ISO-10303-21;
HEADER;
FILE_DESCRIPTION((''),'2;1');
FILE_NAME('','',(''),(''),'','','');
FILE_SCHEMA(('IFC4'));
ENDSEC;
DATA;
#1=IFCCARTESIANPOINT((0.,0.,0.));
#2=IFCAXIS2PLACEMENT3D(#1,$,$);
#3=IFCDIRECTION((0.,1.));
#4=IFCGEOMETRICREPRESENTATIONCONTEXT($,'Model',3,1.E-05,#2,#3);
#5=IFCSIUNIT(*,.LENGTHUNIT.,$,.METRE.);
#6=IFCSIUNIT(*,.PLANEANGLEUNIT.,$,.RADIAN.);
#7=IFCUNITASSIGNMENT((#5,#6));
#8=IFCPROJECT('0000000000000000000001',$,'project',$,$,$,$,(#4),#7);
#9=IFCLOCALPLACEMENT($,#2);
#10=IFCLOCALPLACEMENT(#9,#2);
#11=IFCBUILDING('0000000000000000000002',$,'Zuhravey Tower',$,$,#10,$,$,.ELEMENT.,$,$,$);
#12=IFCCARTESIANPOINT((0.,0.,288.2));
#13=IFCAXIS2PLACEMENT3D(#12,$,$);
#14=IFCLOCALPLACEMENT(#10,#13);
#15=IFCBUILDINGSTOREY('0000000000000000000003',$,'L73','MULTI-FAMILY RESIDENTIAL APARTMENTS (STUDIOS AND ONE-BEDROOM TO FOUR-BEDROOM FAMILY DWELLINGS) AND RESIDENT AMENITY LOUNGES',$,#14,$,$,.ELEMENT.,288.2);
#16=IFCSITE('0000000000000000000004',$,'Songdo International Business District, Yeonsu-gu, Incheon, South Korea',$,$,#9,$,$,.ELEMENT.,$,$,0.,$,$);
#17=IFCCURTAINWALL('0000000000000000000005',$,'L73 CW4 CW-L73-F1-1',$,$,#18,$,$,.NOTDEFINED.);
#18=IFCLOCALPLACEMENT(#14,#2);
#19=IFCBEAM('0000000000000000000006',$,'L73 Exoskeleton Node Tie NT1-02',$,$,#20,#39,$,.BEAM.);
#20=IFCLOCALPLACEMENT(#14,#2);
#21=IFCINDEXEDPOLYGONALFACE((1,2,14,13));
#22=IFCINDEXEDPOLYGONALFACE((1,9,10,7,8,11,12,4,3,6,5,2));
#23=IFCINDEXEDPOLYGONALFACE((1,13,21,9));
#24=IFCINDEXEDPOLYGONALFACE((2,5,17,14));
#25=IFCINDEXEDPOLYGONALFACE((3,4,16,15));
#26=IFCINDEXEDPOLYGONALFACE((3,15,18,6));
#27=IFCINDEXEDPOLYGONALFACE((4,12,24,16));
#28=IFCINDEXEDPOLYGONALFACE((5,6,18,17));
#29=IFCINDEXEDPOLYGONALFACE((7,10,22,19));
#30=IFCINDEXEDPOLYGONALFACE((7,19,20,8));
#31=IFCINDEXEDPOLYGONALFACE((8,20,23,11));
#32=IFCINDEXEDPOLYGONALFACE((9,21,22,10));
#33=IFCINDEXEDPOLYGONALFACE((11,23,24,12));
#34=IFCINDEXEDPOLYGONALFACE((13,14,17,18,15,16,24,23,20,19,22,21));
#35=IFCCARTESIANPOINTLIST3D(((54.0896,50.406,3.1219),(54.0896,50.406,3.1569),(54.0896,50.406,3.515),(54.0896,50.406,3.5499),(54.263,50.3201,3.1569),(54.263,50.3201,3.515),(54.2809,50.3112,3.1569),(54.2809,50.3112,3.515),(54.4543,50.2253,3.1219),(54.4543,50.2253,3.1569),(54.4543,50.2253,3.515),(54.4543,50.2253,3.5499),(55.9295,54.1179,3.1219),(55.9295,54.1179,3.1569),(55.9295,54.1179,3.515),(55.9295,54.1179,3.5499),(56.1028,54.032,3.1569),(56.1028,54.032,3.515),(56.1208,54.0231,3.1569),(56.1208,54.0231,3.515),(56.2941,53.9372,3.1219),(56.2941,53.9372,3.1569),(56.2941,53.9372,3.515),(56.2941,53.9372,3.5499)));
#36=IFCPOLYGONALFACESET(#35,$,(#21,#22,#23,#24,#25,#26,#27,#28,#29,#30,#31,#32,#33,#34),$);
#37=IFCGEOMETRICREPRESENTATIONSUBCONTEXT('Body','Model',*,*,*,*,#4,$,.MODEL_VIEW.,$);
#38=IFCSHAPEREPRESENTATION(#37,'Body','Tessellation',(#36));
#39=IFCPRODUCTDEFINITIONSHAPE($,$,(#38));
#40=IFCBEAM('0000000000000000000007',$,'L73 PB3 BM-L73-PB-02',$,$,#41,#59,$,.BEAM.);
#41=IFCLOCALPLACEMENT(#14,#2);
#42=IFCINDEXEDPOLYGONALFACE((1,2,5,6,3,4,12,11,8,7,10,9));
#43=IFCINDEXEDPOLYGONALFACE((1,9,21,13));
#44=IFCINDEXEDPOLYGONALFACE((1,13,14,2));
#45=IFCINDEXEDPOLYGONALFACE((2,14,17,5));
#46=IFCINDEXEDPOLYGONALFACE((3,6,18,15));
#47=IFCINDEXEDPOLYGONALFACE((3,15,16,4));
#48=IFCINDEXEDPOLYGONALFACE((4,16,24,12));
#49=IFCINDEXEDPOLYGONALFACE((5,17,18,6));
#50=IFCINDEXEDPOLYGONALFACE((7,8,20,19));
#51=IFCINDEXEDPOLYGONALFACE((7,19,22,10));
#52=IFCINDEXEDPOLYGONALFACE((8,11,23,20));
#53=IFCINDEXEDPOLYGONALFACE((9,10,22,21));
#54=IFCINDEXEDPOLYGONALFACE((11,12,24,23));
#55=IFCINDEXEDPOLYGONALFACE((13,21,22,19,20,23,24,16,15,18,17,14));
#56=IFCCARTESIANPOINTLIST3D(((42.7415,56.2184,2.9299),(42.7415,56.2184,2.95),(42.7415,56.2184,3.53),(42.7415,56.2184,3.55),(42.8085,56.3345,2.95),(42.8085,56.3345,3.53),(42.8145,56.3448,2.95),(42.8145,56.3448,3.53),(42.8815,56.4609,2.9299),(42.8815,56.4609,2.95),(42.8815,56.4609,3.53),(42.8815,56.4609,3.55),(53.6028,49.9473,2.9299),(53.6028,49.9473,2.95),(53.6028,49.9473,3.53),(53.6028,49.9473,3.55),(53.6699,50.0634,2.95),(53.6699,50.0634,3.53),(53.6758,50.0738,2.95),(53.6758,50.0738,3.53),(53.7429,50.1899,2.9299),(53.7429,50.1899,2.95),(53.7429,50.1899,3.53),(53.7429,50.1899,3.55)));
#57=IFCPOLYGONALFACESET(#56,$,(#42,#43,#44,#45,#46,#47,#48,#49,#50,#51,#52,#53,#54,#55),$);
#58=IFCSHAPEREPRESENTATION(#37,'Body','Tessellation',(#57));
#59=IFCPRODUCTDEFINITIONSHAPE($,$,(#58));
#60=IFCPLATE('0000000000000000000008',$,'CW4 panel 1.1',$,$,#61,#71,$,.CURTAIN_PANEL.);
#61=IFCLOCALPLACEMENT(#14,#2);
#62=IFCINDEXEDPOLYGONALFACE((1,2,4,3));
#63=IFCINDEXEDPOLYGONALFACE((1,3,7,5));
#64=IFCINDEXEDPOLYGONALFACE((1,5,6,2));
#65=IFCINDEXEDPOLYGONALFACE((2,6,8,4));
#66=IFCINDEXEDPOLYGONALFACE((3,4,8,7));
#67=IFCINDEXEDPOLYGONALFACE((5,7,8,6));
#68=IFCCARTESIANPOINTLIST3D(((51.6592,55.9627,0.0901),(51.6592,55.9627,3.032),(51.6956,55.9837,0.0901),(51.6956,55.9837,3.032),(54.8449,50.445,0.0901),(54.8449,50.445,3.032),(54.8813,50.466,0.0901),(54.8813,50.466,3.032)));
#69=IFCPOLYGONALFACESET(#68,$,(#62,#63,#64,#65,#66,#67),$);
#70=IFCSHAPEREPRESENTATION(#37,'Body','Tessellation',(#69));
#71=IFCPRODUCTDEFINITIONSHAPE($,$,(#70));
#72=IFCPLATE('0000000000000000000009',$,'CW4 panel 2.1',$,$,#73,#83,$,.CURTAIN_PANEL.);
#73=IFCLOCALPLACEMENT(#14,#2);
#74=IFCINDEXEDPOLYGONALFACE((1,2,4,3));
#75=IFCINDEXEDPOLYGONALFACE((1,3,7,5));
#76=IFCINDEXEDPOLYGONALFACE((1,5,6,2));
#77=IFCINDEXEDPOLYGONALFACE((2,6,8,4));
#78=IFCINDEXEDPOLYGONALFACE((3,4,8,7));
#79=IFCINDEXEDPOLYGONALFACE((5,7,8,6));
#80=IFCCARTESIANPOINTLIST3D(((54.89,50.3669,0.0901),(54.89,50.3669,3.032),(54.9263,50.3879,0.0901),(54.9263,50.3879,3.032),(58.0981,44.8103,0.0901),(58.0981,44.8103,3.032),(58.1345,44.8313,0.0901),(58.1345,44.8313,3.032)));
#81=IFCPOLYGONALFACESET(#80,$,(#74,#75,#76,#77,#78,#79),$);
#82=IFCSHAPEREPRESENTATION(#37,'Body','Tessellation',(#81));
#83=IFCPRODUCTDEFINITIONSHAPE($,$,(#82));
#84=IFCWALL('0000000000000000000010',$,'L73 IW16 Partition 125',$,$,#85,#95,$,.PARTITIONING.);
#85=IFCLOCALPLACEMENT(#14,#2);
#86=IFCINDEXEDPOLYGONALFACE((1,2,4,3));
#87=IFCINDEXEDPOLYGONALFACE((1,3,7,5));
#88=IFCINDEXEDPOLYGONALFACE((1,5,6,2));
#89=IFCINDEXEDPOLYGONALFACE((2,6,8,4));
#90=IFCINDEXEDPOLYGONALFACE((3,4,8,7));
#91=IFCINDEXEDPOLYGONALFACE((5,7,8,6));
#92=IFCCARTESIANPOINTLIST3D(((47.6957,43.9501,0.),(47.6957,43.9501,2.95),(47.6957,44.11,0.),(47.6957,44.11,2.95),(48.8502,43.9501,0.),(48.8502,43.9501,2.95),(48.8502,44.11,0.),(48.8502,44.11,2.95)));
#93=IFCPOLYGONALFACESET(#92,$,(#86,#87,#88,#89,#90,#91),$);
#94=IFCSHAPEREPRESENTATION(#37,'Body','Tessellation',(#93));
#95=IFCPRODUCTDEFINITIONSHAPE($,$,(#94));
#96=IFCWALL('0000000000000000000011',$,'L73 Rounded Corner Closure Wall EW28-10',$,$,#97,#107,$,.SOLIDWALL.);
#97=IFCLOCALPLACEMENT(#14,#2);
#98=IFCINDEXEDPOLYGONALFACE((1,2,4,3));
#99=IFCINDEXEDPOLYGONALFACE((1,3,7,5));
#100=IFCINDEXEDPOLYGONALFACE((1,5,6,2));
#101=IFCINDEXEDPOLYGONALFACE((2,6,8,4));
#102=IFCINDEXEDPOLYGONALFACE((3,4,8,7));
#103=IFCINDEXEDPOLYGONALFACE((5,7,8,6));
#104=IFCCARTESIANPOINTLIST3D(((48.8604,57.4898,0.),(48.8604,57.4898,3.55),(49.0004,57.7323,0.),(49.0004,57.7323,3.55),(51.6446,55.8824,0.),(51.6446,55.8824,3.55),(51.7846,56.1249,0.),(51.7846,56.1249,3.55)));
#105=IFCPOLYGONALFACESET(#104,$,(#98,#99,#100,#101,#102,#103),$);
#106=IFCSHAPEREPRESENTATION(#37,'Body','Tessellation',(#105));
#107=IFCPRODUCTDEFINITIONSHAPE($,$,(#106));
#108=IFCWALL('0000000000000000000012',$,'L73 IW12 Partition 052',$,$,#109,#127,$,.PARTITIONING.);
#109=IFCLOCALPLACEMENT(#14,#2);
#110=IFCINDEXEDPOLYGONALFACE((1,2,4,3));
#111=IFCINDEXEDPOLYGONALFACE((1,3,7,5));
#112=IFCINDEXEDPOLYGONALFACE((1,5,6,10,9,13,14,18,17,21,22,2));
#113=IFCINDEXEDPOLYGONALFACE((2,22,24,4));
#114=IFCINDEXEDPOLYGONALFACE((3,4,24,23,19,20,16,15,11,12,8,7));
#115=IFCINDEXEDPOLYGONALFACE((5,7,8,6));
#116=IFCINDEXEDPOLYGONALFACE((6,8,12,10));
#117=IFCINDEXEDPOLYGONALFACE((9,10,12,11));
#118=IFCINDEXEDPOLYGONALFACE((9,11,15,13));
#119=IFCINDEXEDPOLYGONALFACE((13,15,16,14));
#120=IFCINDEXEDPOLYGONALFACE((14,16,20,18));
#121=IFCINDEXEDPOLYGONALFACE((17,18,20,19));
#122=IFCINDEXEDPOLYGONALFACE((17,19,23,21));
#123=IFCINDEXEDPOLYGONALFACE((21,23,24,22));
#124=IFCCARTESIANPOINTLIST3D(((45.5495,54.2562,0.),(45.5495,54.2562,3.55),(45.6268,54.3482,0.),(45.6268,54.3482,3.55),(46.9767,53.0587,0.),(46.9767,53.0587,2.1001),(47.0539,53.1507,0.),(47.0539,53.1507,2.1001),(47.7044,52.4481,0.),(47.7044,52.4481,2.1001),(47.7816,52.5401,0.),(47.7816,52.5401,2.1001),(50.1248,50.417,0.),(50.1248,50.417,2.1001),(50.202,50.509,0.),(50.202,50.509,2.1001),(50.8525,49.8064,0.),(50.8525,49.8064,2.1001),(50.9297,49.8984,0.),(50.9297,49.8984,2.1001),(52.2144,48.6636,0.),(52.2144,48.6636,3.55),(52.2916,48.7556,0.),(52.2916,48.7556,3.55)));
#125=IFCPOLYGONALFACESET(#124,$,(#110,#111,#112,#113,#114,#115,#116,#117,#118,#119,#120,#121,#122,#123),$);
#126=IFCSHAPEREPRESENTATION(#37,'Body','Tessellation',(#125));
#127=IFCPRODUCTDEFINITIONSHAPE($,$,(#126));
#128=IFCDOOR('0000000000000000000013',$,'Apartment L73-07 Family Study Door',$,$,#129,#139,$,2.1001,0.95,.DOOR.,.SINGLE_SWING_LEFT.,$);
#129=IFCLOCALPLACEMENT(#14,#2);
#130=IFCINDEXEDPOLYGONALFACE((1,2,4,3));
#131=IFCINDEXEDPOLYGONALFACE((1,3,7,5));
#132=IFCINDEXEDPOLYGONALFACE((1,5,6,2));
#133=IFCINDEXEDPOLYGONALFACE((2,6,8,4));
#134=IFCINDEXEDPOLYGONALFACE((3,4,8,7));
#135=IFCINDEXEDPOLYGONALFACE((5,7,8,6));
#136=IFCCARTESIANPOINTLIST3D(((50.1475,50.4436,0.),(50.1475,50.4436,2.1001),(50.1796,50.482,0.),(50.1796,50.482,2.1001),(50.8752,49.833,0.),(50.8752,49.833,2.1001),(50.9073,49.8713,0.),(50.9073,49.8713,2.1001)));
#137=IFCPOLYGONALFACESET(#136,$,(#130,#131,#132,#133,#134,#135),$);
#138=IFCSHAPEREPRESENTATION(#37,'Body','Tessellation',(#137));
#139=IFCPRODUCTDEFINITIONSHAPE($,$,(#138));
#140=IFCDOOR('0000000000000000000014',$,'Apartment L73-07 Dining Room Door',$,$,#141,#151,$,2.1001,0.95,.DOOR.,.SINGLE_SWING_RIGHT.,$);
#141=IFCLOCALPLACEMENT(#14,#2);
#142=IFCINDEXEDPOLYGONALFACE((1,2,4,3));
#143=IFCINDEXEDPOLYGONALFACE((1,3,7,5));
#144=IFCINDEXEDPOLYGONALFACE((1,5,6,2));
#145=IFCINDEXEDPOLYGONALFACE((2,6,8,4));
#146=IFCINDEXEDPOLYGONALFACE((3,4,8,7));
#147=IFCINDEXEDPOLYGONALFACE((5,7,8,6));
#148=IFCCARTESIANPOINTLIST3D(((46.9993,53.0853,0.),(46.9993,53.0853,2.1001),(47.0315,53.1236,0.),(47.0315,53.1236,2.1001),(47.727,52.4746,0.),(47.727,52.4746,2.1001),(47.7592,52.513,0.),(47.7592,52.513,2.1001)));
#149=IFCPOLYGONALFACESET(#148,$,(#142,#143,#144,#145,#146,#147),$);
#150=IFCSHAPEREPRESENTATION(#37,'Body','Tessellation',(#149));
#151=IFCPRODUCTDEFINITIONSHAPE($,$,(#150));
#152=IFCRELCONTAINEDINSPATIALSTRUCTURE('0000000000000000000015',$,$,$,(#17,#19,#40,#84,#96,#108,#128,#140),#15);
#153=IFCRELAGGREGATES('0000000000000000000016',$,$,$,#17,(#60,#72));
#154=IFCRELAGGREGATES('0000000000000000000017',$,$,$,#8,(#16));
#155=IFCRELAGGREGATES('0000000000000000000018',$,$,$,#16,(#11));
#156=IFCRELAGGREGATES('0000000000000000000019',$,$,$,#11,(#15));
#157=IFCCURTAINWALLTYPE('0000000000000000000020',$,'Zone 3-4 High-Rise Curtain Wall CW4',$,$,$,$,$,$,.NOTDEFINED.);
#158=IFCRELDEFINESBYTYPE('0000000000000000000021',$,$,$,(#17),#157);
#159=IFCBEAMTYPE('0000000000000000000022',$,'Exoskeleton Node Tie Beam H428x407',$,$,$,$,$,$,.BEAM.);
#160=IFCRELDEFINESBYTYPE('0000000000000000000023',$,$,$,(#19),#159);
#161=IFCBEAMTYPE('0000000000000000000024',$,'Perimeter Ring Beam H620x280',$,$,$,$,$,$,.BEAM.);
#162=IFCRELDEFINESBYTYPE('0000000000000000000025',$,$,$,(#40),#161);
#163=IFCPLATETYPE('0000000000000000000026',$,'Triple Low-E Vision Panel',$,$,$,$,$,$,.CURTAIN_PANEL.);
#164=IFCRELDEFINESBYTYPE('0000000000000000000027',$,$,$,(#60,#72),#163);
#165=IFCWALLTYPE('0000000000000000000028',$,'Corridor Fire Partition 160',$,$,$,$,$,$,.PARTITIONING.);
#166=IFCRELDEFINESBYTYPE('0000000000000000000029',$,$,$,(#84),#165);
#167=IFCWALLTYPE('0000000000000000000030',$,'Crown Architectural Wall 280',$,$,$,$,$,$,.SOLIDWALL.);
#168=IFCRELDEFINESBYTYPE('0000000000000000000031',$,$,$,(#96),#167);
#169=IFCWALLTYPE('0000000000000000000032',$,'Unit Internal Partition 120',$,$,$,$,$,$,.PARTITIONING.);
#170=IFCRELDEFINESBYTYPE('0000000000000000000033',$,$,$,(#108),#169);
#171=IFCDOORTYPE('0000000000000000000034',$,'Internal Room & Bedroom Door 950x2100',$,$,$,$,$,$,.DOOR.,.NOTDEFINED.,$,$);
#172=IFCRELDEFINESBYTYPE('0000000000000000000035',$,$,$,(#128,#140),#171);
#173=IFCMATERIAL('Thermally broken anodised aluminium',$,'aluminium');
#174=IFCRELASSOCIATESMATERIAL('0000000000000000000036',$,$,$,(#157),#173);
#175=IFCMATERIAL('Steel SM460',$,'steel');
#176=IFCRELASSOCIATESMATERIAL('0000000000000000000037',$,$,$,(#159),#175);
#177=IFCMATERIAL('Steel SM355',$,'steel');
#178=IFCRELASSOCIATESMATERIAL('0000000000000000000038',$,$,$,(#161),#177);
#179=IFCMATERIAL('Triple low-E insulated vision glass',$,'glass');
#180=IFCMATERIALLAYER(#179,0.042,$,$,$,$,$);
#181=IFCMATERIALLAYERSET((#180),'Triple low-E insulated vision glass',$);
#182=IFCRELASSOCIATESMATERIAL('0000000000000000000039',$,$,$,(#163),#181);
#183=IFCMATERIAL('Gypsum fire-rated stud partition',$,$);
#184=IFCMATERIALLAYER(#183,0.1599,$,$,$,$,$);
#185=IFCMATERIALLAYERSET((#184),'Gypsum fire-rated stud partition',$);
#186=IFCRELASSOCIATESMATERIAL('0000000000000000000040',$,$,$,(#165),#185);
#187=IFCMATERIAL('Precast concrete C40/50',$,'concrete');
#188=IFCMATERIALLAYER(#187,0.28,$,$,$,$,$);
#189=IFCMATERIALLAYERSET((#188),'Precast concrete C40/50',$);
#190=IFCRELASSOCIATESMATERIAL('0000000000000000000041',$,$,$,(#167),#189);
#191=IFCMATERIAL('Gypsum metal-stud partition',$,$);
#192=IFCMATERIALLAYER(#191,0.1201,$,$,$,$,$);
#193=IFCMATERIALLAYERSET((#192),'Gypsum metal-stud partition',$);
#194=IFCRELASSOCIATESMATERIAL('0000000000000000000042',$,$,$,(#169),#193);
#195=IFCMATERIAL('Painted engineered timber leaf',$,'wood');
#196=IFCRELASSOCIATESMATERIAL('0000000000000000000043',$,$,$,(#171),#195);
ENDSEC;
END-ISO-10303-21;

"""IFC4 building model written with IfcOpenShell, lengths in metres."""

from ifc_helpers import new_model, si_unit, direction, frame, frame_2d, origin, origin_2d, place, context, subcontext, project, spatial, rectangle, i_section, extrude, material, layer, layer_set, material_profile, profile_set, type_object, element, fill, aggregate, save


model = new_model("IFC4")

# Units and contexts
model_context = context("Model", 3, precision=1e-05, world=origin(), true_north=direction((0.0, 1.0)))
body_context = subcontext(model_context, "Body", "Model", "MODEL_VIEW")
ifc_project = project(units=[si_unit("LENGTHUNIT", "METRE"), si_unit("PLANEANGLEUNIT", "RADIAN")], contexts=[model_context])

# Site, building, storey
site_placement = place(None, origin())
site = spatial("IfcSite", under=ifc_project, at=site_placement, Name="Songdo International Business District, Yeonsu-gu, Incheon, South Korea", CompositionType="ELEMENT", RefElevation=0.0)
building_placement = place(site_placement, origin())
building = spatial("IfcBuilding", under=site, at=building_placement, Name="Zuhravey Tower", CompositionType="ELEMENT")
storey_placement = place(building_placement, frame((0.0, 0.0, 288.2)))
storey = spatial("IfcBuildingStorey", under=building, at=storey_placement, Name="L73", Description="MULTI-FAMILY RESIDENTIAL APARTMENTS (STUDIOS AND ONE-BEDROOM TO FOUR-BEDROOM FAMILY DWELLINGS) AND RESIDENT AMENITY LOUNGES", CompositionType="ELEMENT", Elevation=288.2)

# Shared definitions
ifc_material_1 = material(Name="Thermally broken anodised aluminium", Category="aluminium")
curtain_wall_type = type_object("IfcCurtainWallType", Name="Zone 3-4 High-Rise Curtain Wall CW4", PredefinedType="NOTDEFINED", material=ifc_material_1)

# Curtain wall
curtain_wall_1_placement = place(storey_placement, origin())
curtain_wall_1 = element("IfcCurtainWall", 1, at=curtain_wall_1_placement, inside=storey, type_object=curtain_wall_type, Name="L73 CW4 CW-L73-F1-1", PredefinedType="NOTDEFINED")

# Beams
ifc_material_2 = material(Name="Steel SM460", Category="steel")
ifc_material_profile_1 = material_profile(ifc_material_2, i_section(OverallWidth=0.407, OverallDepth=0.428, WebThickness=0.02, FlangeThickness=0.0349, at=origin_2d()), Name="H-428x407x20x35")
ifc_profile_set_1 = profile_set([ifc_material_profile_1], Name="Steel SM460")
beam_type_1 = type_object("IfcBeamType", Name="Exoskeleton Node Tie Beam H428x407", PredefinedType="BEAM", material=ifc_profile_set_1)
beam_1_placement = place(storey_placement, frame((54.272, 50.3157, 3.3359), z_axis=(0.444099, 0.895978, 0.0), x_axis=(-0.895978, 0.444099, 0.0)))
element("IfcBeam", 2, at=beam_1_placement, inside=storey, type_object=beam_type_1, Name="L73 Exoskeleton Node Tie NT1-02", PredefinedType="BEAM", context=body_context, shape_type="SweptSolid", body=[
    extrude(i_section(OverallWidth=0.407, OverallDepth=0.428, WebThickness=0.02, FlangeThickness=0.0349, at=origin_2d()), origin(), (0.0, 0.0, 1.0), 4.1428),
])
ifc_material_3 = material(Name="Steel SM355", Category="steel")
ifc_material_profile_2 = material_profile(ifc_material_3, i_section(OverallWidth=0.28, OverallDepth=0.6201, WebThickness=0.012, FlangeThickness=0.02, at=origin_2d()), Name="H-620x280x12x20")
ifc_profile_set_2 = profile_set([ifc_material_profile_2], Name="Steel SM355")
beam_type_2 = type_object("IfcBeamType", Name="Perimeter Ring Beam H620x280", PredefinedType="BEAM", material=ifc_profile_set_2)
beam_2_placement = place(storey_placement, frame((53.6729, 50.0686, 3.24), z_axis=(-0.866018, 0.500012, 0.0), x_axis=(-0.500012, -0.866018, 0.0)))
element("IfcBeam", 3, at=beam_2_placement, inside=storey, type_object=beam_type_2, Name="L73 PB3 BM-L73-PB-02", PredefinedType="BEAM", context=body_context, shape_type="SweptSolid", body=[
    extrude(i_section(OverallWidth=0.28, OverallDepth=0.6201, WebThickness=0.012, FlangeThickness=0.02, at=origin_2d()), origin(), (0.0, 0.0, 1.0), 12.5417),
])

# Plates
ifc_material_4 = material(Name="Triple low-E insulated vision glass", Category="glass")
ifc_layer_1 = layer(ifc_material_4, 0.042)
ifc_layer_set_1 = layer_set([ifc_layer_1], Name="Triple low-E insulated vision glass")
plate_type = type_object("IfcPlateType", Name="Triple Low-E Vision Panel", PredefinedType="CURTAIN_PANEL", material=ifc_layer_set_1)
plate_1_placement = place(storey_placement, frame((53.2703, 53.2144, 0.0901), z_axis=(0.0, 0.0, 1.0), x_axis=(0.500001, -0.866025, 0.0)))
plate_1 = element("IfcPlate", 4, at=plate_1_placement, type_object=plate_type, Name="CW4 panel 1.1", PredefinedType="CURTAIN_PANEL", context=body_context, shape_type="SweptSolid", body=[
    extrude(rectangle(XDim=6.3713, YDim=0.042, at=origin_2d()), origin(), (0.0, 0.0, 1.0), 2.9419),
])
plate_2_placement = place(storey_placement, frame((56.5122, 47.5991, 0.0901), z_axis=(0.0, 0.0, 1.0), x_axis=(0.500001, -0.866025, 0.0)))
plate_2 = element("IfcPlate", 5, at=plate_2_placement, type_object=plate_type, Name="CW4 panel 2.1", PredefinedType="CURTAIN_PANEL", context=body_context, shape_type="SweptSolid", body=[
    extrude(rectangle(XDim=6.4163, YDim=0.042, at=origin_2d()), origin(), (0.0, 0.0, 1.0), 2.9419),
])
aggregate(curtain_wall_1, [plate_1, plate_2])

# Walls
ifc_material_5 = material(Name="Gypsum fire-rated stud partition")
ifc_layer_2 = layer(ifc_material_5, 0.1599)
ifc_layer_set_2 = layer_set([ifc_layer_2], Name="Gypsum fire-rated stud partition")
wall_type_1 = type_object("IfcWallType", Name="Corridor Fire Partition 160", PredefinedType="PARTITIONING", material=ifc_layer_set_2)
wall_1_placement = place(storey_placement, frame((48.8501, 44.03, 0.0), z_axis=(0.0, 0.0, 1.0), x_axis=(-1.0, 0.0, 0.0)))
element("IfcWall", 6, at=wall_1_placement, inside=storey, type_object=wall_type_1, Name="L73 IW16 Partition 125", PredefinedType="PARTITIONING", context=body_context, shape_type="SweptSolid", body=[
    extrude(rectangle(XDim=1.1545, YDim=0.1599, at=frame_2d((0.5771, 0.0))), origin(), (0.0, 0.0, 1.0), 2.95),
])
ifc_material_6 = material(Name="Precast concrete C40/50", Category="concrete")
ifc_layer_3 = layer(ifc_material_6, 0.28)
ifc_layer_set_3 = layer_set([ifc_layer_3], Name="Precast concrete C40/50")
wall_type_2 = type_object("IfcWallType", Name="Crown Architectural Wall 280", PredefinedType="SOLIDWALL", material=ifc_layer_set_3)
wall_2_placement = place(storey_placement, frame((48.9304, 57.6111, 0.0), z_axis=(0.0, 0.0, 1.0), x_axis=(0.866029, -0.499994, 0.0)))
element("IfcWall", 7, at=wall_2_placement, inside=storey, type_object=wall_type_2, Name="L73 Rounded Corner Closure Wall EW28-10", PredefinedType="SOLIDWALL", context=body_context, shape_type="SweptSolid", body=[
    extrude(rectangle(XDim=3.2148, YDim=0.28, at=frame_2d((1.6074, 0.0))), origin(), (0.0, 0.0, 1.0), 3.55),
])

# Wall, openings, doors
ifc_material_7 = material(Name="Gypsum metal-stud partition")
ifc_layer_4 = layer(ifc_material_7, 0.1201)
ifc_layer_set_4 = layer_set([ifc_layer_4], Name="Gypsum metal-stud partition")
wall_type_3 = type_object("IfcWallType", Name="Unit Internal Partition 120", PredefinedType="PARTITIONING", material=ifc_layer_set_4)
wall_3_placement = place(storey_placement, frame((52.2529, 48.7097, 0.0), z_axis=(0.0, 0.0, 1.0), x_axis=(-0.766039, 0.642795, 0.0)))
wall_3 = element("IfcWall", 8, at=wall_3_placement, inside=storey, type_object=wall_type_3, Name="L73 IW12 Partition 052", PredefinedType="PARTITIONING", context=body_context, shape_type="SweptSolid", body=[
    extrude(rectangle(XDim=8.7004, YDim=0.1201, at=frame_2d((4.3501, 0.0))), origin(), (0.0, 0.0, 1.0), 3.55),
])
opening_1_placement = place(wall_3_placement, frame((1.7776, 0.0, 0.0)))
opening_1 = element("IfcOpeningElement", 9, at=opening_1_placement, cuts=wall_3, PredefinedType="OPENING", context=body_context, shape_type="SweptSolid", body=[
    extrude(rectangle(XDim=0.95, YDim=2.1001, at=frame_2d((0.4751, 1.05))), frame((0.0, 0.072, 0.0), z_axis=(0.0, -1.0, 0.0), x_axis=(1.0, 0.0, 0.0)), (0.0, 0.0, 1.0), 0.144),
])
opening_2_placement = place(wall_3_placement, frame((5.8872, 0.0, 0.0)))
opening_2 = element("IfcOpeningElement", 10, at=opening_2_placement, cuts=wall_3, PredefinedType="OPENING", context=body_context, shape_type="SweptSolid", body=[
    extrude(rectangle(XDim=0.95, YDim=2.1001, at=frame_2d((0.4751, 1.05))), frame((0.0, 0.072, 0.0), z_axis=(0.0, -1.0, 0.0), x_axis=(1.0, 0.0, 0.0)), (0.0, 0.0, 1.0), 0.144),
])
ifc_material_8 = material(Name="Painted engineered timber leaf", Category="wood")
door_type = type_object("IfcDoorType", Name="Internal Room & Bedroom Door 950x2100", OperationType="NOTDEFINED", PredefinedType="DOOR", material=ifc_material_8)
door_1_placement = place(opening_1_placement, frame((0.95, 0.0, 0.0), z_axis=(0.0, 0.0, 1.0), x_axis=(-1.0, 0.0, 0.0)))
door_1 = element("IfcDoor", 11, at=door_1_placement, inside=storey, type_object=door_type, Name="Apartment L73-07 Family Study Door", OperationType="SINGLE_SWING_LEFT", OverallHeight=2.1001, OverallWidth=0.95, PredefinedType="DOOR", context=body_context, shape_type="SweptSolid", body=[
    extrude(rectangle(XDim=0.95, YDim=2.1001, at=frame_2d((0.4751, 1.05))), frame((0.0, 0.0249, 0.0), z_axis=(0.0, -1.0, 0.0), x_axis=(1.0, 0.0, 0.0)), (0.0, 0.0, 1.0), 0.05),
])
fill(opening_1, door_1)
door_2_placement = place(opening_2_placement, frame((0.95, 0.0, 0.0), z_axis=(0.0, 0.0, 1.0), x_axis=(-1.0, 0.0, 0.0)))
door_2 = element("IfcDoor", 12, at=door_2_placement, inside=storey, type_object=door_type, Name="Apartment L73-07 Dining Room Door", OperationType="SINGLE_SWING_RIGHT", OverallHeight=2.1001, OverallWidth=0.95, PredefinedType="DOOR", context=body_context, shape_type="SweptSolid", body=[
    extrude(rectangle(XDim=0.95, YDim=2.1001, at=frame_2d((0.4751, 1.05))), frame((0.0, 0.0249, 0.0), z_axis=(0.0, -1.0, 0.0), x_axis=(1.0, 0.0, 0.0)), (0.0, 0.0, 1.0), 0.05),
])
fill(opening_2, door_2)

save(model, "model.ifc")
